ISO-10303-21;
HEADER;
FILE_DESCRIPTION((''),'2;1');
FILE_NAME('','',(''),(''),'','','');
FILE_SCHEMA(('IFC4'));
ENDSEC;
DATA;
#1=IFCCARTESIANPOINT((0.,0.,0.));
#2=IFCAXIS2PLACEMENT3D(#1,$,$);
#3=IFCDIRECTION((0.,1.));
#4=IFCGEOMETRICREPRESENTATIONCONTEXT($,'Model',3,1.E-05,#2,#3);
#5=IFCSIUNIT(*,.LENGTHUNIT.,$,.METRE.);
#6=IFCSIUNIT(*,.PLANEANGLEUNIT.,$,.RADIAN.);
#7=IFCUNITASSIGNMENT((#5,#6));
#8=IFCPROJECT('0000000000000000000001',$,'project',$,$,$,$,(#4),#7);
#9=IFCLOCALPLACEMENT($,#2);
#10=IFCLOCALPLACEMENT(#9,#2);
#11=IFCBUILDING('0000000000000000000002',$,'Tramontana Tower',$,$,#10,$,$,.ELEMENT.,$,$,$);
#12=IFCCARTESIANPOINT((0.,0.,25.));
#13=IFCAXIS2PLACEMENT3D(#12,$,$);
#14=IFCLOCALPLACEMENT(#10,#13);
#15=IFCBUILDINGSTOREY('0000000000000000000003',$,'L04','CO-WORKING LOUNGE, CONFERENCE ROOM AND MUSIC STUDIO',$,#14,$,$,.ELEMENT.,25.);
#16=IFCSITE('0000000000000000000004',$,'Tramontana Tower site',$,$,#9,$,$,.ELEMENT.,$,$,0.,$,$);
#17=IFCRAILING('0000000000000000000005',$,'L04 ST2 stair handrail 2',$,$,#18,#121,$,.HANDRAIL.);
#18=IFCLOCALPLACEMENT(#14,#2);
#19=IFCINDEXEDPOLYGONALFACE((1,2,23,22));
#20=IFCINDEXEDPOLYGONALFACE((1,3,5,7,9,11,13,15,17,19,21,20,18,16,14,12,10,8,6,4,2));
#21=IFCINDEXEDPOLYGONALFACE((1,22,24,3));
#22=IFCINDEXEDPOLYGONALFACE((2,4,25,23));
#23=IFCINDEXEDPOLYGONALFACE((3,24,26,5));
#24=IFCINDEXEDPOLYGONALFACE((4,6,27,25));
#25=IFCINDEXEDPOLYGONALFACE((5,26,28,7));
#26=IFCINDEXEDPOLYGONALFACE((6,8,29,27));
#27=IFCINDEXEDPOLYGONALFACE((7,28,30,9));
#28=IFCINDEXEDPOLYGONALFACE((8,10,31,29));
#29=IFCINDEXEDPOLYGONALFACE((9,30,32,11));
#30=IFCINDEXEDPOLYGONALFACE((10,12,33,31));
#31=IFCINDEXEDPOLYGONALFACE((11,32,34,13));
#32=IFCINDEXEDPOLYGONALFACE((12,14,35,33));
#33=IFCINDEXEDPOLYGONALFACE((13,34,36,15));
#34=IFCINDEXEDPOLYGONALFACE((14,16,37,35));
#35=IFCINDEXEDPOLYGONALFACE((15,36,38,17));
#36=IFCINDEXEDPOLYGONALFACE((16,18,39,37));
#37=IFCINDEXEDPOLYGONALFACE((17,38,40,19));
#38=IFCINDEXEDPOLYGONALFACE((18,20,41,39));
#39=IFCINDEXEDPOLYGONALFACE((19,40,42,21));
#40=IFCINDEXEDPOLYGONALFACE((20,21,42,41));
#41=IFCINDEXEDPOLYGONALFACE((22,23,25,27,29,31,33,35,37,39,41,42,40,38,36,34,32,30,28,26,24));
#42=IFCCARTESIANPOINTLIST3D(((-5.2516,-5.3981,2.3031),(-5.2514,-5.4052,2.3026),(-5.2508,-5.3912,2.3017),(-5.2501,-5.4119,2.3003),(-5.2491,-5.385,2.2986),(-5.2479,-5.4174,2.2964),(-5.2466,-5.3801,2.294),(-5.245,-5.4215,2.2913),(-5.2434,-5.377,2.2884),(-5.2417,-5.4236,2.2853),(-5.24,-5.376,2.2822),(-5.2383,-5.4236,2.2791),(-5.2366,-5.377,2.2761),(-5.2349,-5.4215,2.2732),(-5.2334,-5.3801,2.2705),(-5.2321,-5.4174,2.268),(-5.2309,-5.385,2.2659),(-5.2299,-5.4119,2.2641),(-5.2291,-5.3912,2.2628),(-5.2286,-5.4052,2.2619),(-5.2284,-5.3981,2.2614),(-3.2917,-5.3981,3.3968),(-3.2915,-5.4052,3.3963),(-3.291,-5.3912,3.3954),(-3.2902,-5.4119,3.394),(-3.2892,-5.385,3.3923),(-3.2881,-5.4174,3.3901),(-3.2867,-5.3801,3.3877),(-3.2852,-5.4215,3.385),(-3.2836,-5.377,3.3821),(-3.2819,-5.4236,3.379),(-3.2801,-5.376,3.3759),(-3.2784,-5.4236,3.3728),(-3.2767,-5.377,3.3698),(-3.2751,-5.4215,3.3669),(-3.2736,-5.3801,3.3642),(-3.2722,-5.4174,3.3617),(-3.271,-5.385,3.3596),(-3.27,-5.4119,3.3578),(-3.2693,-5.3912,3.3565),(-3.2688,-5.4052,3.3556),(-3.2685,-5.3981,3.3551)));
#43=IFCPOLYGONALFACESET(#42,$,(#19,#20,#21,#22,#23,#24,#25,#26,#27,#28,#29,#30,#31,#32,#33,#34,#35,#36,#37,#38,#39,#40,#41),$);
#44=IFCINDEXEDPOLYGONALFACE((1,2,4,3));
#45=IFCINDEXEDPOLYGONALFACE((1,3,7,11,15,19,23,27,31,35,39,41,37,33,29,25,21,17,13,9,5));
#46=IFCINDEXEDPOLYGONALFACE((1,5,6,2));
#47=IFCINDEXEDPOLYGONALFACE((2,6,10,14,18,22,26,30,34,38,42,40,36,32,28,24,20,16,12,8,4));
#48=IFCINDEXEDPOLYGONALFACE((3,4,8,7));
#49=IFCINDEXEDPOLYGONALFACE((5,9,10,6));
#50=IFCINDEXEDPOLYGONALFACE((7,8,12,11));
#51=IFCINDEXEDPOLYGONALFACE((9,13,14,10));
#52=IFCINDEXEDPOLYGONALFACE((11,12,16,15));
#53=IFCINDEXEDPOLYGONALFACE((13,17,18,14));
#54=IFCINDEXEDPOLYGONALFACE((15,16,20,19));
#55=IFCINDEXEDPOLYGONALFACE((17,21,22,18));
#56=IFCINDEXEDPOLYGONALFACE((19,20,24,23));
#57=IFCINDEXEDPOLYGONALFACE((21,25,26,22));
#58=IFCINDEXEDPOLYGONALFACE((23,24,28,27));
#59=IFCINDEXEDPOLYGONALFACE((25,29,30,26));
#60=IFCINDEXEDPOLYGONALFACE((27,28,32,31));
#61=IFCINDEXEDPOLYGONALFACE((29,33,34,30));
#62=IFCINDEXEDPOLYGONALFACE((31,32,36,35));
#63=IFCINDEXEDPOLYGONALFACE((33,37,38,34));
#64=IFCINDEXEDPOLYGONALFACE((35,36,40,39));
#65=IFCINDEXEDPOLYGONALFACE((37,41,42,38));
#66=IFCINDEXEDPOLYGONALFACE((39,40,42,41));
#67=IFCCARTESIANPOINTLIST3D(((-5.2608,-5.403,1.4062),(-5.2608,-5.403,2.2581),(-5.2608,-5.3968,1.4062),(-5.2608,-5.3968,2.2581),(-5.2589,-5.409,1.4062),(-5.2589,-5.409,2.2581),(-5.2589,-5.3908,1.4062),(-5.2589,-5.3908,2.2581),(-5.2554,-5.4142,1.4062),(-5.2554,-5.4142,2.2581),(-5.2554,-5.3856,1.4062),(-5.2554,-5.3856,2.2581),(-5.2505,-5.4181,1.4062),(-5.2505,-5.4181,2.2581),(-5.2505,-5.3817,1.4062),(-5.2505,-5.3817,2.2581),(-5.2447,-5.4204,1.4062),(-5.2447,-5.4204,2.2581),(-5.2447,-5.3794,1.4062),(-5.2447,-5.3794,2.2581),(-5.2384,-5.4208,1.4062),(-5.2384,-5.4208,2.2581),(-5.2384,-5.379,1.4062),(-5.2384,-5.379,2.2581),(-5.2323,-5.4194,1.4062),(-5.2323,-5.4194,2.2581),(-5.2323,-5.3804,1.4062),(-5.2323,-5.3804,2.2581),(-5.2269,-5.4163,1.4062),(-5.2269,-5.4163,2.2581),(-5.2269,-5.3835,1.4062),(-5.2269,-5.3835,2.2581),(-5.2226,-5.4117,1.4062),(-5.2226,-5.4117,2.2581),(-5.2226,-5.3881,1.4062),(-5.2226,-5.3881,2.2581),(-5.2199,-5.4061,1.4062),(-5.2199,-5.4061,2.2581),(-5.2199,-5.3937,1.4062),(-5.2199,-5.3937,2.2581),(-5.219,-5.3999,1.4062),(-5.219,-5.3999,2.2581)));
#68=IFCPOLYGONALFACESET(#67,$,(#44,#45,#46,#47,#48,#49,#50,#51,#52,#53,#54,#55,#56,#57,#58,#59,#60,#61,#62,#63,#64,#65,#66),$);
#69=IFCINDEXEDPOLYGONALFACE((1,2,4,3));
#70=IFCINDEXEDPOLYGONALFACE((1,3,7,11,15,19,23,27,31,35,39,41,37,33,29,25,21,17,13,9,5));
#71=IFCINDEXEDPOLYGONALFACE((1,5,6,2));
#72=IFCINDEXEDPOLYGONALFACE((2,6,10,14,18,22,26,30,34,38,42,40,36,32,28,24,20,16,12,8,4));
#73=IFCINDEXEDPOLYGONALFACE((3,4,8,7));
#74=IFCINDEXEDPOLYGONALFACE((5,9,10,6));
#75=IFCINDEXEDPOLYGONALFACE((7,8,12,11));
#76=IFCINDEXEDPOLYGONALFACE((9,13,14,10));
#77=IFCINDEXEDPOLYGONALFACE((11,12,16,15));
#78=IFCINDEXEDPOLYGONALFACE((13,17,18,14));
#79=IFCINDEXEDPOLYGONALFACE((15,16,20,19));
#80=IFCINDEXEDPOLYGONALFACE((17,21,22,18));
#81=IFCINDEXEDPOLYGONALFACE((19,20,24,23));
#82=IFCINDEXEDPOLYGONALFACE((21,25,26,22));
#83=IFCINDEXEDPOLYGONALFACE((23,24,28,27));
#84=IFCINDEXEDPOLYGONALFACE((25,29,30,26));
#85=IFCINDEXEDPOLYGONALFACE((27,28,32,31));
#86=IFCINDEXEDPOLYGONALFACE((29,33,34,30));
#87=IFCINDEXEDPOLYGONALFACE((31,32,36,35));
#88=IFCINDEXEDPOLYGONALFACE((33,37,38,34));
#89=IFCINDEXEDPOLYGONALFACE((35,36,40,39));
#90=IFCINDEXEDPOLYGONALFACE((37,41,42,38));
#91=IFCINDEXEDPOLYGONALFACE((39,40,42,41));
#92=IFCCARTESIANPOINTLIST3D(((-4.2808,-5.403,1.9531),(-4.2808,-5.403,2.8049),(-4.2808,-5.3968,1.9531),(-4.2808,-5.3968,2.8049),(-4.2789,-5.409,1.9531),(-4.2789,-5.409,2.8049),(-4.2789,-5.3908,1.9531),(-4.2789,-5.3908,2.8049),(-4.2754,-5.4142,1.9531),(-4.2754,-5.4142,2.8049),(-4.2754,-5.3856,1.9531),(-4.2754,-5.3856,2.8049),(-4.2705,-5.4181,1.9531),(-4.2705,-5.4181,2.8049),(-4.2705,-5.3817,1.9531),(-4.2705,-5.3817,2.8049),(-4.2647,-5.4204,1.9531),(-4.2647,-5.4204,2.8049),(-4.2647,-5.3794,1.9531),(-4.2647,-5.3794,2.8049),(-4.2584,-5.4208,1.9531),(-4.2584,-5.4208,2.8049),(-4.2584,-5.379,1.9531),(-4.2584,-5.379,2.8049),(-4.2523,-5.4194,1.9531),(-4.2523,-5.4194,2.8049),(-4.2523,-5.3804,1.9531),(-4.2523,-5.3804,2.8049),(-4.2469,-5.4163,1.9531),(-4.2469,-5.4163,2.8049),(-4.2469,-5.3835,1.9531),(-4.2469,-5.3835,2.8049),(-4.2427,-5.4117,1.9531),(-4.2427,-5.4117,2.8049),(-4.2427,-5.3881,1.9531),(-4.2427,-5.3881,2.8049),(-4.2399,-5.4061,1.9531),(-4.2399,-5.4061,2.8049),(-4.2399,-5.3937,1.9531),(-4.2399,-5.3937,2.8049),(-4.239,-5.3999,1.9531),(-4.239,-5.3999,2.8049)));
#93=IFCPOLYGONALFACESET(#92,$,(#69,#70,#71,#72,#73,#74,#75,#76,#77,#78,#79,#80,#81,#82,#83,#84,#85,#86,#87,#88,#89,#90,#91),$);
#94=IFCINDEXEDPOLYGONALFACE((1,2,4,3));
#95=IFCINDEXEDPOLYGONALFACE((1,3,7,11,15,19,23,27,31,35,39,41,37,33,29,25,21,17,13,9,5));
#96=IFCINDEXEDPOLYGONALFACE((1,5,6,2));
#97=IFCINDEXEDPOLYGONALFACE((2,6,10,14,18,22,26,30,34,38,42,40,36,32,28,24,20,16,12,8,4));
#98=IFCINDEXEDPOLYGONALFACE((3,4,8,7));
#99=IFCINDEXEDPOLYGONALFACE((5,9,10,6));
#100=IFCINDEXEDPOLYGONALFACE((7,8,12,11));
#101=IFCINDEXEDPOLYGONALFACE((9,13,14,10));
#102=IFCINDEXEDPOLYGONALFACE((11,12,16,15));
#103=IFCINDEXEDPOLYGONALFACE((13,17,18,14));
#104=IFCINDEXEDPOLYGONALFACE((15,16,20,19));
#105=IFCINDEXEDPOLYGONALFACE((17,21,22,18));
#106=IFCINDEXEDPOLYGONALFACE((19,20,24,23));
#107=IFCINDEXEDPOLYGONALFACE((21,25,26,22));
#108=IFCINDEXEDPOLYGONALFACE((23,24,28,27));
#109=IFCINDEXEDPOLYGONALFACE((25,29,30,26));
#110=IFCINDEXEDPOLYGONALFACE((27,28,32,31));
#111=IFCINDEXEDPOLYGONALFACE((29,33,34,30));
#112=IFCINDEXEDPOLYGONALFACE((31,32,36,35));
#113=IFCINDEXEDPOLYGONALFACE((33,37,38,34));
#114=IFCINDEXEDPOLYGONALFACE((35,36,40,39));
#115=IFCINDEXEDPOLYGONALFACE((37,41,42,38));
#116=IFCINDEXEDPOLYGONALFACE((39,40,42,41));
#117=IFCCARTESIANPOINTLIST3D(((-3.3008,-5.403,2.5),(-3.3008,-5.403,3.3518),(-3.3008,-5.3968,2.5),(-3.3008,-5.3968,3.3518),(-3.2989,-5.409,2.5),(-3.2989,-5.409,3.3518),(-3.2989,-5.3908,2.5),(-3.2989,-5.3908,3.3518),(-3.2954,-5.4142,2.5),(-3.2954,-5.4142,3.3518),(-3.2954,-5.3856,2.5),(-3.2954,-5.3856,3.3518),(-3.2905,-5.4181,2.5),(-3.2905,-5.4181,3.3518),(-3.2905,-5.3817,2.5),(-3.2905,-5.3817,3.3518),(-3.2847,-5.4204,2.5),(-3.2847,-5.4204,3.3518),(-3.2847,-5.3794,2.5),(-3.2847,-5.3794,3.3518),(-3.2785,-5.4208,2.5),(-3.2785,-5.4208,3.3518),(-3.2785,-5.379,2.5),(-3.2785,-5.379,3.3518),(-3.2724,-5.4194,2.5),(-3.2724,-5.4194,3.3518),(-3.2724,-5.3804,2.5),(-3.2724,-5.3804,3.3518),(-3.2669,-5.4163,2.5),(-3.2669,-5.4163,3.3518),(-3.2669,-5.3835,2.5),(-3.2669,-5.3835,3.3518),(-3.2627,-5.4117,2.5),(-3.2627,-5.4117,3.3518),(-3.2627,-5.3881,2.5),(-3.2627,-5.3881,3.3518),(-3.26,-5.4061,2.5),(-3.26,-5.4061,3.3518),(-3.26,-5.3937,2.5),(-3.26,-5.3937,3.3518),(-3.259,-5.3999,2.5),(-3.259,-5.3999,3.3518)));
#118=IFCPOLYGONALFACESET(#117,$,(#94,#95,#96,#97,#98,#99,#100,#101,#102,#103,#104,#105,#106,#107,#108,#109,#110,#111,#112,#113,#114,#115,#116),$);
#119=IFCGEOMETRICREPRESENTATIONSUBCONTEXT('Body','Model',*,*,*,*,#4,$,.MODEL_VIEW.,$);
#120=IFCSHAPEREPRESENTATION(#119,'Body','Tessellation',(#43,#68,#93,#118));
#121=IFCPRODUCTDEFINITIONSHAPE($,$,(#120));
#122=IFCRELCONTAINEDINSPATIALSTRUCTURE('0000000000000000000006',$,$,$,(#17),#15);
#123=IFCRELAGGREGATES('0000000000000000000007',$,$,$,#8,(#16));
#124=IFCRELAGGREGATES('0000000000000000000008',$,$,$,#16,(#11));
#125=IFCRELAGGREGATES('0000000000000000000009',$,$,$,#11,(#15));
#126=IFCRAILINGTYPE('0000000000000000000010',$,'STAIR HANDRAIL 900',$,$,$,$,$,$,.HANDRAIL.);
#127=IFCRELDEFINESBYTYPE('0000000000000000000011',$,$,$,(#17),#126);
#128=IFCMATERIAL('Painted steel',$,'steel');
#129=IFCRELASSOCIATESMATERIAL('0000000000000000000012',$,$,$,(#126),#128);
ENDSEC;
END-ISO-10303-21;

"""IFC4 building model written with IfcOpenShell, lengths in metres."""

from ifc_helpers import new_model, si_unit, direction, frame, origin, origin_2d, place, context, subcontext, project, spatial, circle, extrude, material, type_object, element, save


model = new_model("IFC4")

# Units and contexts
model_context = context("Model", 3, precision=1e-05, world=origin(), true_north=direction((0.0, 1.0)))
body_context = subcontext(model_context, "Body", "Model", "MODEL_VIEW")
ifc_project = project(units=[si_unit("LENGTHUNIT", "METRE"), si_unit("PLANEANGLEUNIT", "RADIAN")], contexts=[model_context])

# Site, building, storey
site_placement = place(None, origin())
site = spatial("IfcSite", under=ifc_project, at=site_placement, Name="Tramontana Tower site", CompositionType="ELEMENT", RefElevation=0.0)
building_placement = place(site_placement, origin())
building = spatial("IfcBuilding", under=site, at=building_placement, Name="Tramontana Tower", CompositionType="ELEMENT")
storey_placement = place(building_placement, frame((0.0, 0.0, 25.0)))
storey = spatial("IfcBuildingStorey", under=building, at=storey_placement, Name="L04", Description="CO-WORKING LOUNGE, CONFERENCE ROOM AND MUSIC STUDIO", CompositionType="ELEMENT", Elevation=25.0)

# Railing
ifc_material_1 = material(Name="Painted steel", Category="steel")
railing_type_1 = type_object("IfcRailingType", Name="STAIR HANDRAIL 900", PredefinedType="HANDRAIL", material=ifc_material_1)
railing_1_placement = place(storey_placement, frame((-5.24, -5.3999, 1.4062)))
element("IfcRailing", 1, at=railing_1_placement, inside=storey, type_object=railing_type_1, Name="L04 ST2 stair handrail 2", PredefinedType="HANDRAIL", context=body_context, shape_type="SweptSolid", body=[
    extrude(circle(Radius=0.0239, at=origin_2d()), frame((0.0, 0.0, 0.876), z_axis=(0.873232, 0.0, 0.487304), x_axis=(0.0, 1.0, 0.0)), (0.0, 0.0, 1.0), 2.2444),
    extrude(circle(Radius=0.021, at=origin_2d()), origin(), (0.0, 0.0, 1.0), 0.8518),
    extrude(circle(Radius=0.021, at=origin_2d()), frame((0.98, 0.0, 0.5469)), (0.0, 0.0, 1.0), 0.8518),
    extrude(circle(Radius=0.021, at=origin_2d()), frame((1.96, 0.0, 1.0938)), (0.0, 0.0, 1.0), 0.8518),
])

save(model, "model.ifc")
